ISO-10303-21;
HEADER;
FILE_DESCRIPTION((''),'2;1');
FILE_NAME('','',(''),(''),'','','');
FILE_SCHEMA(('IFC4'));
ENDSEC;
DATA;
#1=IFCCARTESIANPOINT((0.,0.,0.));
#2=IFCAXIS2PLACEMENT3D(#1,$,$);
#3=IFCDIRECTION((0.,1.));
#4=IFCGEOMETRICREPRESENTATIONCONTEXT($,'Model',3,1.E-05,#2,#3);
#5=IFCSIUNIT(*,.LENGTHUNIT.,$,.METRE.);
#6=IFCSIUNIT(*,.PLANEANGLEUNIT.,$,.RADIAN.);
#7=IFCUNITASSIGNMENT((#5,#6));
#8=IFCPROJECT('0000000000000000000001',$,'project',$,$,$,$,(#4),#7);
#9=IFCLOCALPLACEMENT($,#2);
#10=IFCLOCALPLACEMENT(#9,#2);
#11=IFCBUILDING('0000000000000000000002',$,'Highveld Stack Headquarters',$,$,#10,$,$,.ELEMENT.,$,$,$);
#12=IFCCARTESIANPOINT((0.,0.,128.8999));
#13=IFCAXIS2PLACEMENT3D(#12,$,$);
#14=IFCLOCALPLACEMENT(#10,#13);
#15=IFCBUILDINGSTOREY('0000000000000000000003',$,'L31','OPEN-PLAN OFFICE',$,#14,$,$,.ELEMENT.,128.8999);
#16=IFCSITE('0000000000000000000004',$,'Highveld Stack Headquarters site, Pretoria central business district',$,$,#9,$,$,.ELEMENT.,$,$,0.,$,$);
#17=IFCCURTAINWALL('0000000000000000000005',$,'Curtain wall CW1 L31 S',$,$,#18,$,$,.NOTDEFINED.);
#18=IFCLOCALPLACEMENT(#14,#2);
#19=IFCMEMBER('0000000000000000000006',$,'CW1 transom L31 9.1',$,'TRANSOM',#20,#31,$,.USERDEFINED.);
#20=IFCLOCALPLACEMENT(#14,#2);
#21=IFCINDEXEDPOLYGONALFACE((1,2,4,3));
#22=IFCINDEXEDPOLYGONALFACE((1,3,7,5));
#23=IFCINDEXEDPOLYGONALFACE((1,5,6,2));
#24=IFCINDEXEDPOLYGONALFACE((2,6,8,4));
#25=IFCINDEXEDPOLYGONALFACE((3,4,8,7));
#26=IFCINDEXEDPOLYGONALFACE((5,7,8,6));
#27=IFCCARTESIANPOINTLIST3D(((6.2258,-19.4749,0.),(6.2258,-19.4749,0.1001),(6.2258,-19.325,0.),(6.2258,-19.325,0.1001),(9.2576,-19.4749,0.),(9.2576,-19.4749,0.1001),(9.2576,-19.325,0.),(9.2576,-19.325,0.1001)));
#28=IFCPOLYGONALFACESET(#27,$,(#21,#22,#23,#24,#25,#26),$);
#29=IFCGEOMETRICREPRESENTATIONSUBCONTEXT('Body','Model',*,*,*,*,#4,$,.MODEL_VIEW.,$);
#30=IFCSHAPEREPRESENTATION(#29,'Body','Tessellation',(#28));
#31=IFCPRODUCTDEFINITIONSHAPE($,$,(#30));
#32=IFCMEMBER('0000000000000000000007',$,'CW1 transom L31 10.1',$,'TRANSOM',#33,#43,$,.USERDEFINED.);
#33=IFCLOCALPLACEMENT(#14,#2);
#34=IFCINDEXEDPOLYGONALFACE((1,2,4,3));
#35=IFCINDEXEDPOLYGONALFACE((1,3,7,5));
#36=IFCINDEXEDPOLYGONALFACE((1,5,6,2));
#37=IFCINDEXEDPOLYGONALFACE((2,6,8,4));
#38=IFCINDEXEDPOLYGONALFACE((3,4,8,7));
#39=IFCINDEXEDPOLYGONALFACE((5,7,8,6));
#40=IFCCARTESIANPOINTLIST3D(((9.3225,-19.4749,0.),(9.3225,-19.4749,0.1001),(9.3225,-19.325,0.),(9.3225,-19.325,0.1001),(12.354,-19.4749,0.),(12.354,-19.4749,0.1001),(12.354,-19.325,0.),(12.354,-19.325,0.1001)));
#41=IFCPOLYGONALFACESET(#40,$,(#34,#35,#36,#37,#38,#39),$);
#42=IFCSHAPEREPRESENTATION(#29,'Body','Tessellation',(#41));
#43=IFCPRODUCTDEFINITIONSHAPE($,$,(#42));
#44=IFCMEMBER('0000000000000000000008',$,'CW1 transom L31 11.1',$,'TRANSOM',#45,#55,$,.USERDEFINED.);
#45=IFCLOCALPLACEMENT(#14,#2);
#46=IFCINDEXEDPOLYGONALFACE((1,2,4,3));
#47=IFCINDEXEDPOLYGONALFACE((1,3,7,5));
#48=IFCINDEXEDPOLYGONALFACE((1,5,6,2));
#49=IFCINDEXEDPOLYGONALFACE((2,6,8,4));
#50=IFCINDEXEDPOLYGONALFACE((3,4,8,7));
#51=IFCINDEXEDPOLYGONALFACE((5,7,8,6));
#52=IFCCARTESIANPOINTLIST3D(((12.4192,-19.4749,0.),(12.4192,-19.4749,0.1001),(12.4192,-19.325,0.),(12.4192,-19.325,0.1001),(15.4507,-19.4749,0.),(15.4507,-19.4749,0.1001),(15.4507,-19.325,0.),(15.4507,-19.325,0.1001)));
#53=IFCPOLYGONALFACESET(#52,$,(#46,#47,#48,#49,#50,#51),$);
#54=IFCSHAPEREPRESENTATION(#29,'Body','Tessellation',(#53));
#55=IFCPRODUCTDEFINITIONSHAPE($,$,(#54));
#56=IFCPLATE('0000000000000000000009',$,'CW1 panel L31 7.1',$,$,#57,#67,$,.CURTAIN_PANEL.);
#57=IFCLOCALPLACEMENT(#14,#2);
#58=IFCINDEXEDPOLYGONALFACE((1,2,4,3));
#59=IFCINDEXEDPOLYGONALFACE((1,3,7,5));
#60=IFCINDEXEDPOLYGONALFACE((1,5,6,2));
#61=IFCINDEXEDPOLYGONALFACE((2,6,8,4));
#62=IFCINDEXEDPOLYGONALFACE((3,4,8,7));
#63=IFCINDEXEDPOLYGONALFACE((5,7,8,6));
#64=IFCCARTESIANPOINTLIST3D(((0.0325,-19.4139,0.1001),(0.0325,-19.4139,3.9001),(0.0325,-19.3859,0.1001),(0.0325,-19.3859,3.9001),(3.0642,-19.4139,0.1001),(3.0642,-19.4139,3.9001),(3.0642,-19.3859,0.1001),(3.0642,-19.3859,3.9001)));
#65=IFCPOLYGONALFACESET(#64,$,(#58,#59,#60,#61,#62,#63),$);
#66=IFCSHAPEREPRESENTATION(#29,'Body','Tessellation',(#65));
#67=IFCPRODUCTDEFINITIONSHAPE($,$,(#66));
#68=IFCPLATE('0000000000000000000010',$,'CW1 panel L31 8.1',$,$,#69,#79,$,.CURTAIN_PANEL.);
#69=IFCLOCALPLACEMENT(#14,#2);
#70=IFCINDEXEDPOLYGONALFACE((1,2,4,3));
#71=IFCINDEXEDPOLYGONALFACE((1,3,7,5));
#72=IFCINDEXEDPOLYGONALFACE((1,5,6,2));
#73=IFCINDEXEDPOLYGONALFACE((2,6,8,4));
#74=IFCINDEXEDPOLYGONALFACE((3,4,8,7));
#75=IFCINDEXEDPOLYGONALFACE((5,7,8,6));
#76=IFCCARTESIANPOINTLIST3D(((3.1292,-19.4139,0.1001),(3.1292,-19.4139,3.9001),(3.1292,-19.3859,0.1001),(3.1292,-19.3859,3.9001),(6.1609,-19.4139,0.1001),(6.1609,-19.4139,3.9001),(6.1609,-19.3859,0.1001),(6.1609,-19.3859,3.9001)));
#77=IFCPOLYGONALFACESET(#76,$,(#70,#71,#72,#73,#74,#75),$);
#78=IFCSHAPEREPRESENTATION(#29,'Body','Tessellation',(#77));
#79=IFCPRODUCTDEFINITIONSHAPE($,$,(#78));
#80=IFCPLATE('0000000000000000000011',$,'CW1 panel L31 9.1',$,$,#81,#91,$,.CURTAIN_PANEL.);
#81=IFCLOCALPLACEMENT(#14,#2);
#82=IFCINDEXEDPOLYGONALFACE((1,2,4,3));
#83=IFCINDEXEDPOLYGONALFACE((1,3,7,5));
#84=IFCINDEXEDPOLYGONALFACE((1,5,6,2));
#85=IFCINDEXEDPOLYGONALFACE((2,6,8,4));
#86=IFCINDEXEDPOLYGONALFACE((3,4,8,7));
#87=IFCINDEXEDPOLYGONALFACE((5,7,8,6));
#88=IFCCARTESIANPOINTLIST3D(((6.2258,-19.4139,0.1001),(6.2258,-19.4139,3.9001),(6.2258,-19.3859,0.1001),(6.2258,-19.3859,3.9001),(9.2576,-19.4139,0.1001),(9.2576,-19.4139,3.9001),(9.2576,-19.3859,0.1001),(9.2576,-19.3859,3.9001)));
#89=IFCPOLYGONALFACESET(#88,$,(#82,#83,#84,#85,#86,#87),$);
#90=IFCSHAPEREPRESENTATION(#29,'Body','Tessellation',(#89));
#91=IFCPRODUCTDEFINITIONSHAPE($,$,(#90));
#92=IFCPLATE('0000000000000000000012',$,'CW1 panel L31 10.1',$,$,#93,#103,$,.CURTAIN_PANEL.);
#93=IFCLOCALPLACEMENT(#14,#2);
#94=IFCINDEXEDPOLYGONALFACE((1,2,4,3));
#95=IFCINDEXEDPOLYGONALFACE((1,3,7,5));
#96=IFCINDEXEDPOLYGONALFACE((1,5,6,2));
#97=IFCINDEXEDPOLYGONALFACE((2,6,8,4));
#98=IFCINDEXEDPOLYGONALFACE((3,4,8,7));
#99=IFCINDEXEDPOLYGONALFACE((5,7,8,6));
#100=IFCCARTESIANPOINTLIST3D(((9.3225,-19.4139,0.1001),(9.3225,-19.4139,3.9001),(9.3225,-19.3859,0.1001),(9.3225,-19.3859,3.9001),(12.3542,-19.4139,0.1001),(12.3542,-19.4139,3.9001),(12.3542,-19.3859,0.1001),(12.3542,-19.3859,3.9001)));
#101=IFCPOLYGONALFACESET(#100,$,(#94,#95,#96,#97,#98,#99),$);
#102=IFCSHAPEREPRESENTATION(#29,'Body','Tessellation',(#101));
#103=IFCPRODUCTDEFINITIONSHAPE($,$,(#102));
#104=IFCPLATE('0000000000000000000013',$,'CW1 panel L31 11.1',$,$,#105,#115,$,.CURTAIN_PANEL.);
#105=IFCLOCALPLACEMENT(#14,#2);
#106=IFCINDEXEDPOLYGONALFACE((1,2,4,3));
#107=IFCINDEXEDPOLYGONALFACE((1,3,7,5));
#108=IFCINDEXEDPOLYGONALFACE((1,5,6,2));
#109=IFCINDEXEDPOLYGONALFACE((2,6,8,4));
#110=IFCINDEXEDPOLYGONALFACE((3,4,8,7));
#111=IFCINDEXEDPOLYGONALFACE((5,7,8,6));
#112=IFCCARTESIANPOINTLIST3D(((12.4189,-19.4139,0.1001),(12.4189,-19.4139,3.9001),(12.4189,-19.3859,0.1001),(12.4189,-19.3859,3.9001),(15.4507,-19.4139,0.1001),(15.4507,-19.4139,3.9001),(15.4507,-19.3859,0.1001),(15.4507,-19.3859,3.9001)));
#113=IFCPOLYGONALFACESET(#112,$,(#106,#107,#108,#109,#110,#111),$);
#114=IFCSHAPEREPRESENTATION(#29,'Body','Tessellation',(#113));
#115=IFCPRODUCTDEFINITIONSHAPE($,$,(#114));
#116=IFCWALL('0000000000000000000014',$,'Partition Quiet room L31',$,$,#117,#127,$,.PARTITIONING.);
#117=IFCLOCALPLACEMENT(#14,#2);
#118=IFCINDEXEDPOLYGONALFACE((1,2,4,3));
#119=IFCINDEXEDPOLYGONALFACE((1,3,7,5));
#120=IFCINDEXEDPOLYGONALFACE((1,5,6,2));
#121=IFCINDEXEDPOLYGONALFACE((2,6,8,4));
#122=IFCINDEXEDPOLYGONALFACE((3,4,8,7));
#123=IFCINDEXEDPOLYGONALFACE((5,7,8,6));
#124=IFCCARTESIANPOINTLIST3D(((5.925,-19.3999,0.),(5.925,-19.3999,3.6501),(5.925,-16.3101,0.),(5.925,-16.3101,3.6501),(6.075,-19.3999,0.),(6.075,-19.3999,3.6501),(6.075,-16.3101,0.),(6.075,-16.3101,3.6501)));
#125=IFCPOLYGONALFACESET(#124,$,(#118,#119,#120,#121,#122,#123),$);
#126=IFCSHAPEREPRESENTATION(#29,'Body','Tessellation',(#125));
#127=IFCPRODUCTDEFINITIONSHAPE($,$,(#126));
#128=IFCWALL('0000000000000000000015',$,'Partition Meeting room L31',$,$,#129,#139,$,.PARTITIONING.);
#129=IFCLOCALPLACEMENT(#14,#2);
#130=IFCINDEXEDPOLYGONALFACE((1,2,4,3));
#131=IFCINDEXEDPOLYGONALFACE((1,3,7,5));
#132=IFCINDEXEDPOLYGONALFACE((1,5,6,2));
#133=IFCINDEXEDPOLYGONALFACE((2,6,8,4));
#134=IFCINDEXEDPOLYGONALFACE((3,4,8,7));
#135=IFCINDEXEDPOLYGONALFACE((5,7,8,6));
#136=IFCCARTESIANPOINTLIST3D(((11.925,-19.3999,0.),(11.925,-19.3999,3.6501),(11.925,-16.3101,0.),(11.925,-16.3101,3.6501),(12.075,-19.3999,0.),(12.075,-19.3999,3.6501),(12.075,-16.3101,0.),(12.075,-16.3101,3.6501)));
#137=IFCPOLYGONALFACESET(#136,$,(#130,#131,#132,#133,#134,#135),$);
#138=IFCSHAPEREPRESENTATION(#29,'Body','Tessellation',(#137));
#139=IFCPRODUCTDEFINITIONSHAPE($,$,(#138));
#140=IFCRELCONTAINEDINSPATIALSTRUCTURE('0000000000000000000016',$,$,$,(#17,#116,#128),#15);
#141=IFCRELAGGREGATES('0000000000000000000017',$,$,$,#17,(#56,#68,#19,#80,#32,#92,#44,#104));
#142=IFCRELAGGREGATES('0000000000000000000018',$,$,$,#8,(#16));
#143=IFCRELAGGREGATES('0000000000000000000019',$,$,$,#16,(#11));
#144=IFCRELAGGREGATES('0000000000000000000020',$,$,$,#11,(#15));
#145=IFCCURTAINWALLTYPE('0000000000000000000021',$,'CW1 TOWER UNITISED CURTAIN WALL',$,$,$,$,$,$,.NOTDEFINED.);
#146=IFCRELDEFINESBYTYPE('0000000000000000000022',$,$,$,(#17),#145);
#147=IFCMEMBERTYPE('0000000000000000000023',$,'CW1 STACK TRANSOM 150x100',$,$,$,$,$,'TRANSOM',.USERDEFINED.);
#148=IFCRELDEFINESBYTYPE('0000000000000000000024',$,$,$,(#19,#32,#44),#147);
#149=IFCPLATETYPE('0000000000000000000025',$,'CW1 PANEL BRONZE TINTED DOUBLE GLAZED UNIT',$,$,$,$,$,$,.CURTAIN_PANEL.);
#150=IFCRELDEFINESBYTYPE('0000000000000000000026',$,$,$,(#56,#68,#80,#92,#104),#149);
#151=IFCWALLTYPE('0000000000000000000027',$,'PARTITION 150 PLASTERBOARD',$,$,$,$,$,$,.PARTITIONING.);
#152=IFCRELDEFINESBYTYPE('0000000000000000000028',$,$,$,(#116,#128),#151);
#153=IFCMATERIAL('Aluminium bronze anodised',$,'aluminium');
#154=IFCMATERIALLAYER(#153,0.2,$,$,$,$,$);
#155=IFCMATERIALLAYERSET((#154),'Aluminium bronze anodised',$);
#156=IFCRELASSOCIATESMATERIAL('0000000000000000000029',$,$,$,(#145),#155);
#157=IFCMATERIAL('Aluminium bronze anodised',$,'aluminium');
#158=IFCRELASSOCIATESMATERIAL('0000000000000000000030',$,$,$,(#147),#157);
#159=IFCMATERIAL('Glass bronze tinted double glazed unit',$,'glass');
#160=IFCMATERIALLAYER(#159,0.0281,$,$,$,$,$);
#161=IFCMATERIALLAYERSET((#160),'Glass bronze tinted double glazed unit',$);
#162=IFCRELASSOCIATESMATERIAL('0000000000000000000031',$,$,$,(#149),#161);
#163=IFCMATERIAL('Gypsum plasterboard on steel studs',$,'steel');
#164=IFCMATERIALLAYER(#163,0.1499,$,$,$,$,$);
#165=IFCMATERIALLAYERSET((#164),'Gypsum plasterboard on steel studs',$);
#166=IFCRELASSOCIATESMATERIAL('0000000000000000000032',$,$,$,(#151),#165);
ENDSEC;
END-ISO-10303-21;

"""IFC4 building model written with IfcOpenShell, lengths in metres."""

from ifc_helpers import new_model, si_unit, direction, frame, frame_2d, origin, origin_2d, place, context, subcontext, project, spatial, rectangle, extrude, material, layer, layer_set, material_profile, profile_set, type_object, element, aggregate, save


model = new_model("IFC4")

# Units and contexts
model_context = context("Model", 3, precision=1e-05, world=origin(), true_north=direction((0.0, 1.0)))
body_context = subcontext(model_context, "Body", "Model", "MODEL_VIEW")
ifc_project = project(units=[si_unit("LENGTHUNIT", "METRE"), si_unit("PLANEANGLEUNIT", "RADIAN")], contexts=[model_context])

# Site, building, storey
site_placement = place(None, origin())
site = spatial("IfcSite", under=ifc_project, at=site_placement, Name="Highveld Stack Headquarters site, Pretoria central business district", CompositionType="ELEMENT", RefElevation=0.0)
building_placement = place(site_placement, origin())
building = spatial("IfcBuilding", under=site, at=building_placement, Name="Highveld Stack Headquarters", CompositionType="ELEMENT")
storey_placement = place(building_placement, frame((0.0, 0.0, 128.8999)))
storey = spatial("IfcBuildingStorey", under=building, at=storey_placement, Name="L31", Description="OPEN-PLAN OFFICE", CompositionType="ELEMENT", Elevation=128.8999)

# Curtain wall, members, plates
ifc_material_1 = material(Name="Aluminium bronze anodised", Category="aluminium")
ifc_layer_1 = layer(ifc_material_1, 0.2)
ifc_layer_set_1 = layer_set([ifc_layer_1], Name="Aluminium bronze anodised")
curtain_wall_type = type_object("IfcCurtainWallType", Name="CW1 TOWER UNITISED CURTAIN WALL", PredefinedType="NOTDEFINED", material=ifc_layer_set_1)
curtain_wall_placement = place(storey_placement, origin())
curtain_wall = element("IfcCurtainWall", 1, at=curtain_wall_placement, inside=storey, type_object=curtain_wall_type, Name="Curtain wall CW1 L31 S", PredefinedType="NOTDEFINED")
ifc_material_2 = material(Name="Aluminium bronze anodised", Category="aluminium")
ifc_material_profile_1 = material_profile(ifc_material_2, rectangle(XDim=0.1499, YDim=0.1001, at=origin_2d()), Name="CW1 TRANSOM 150x100")
ifc_profile_set_1 = profile_set([ifc_material_profile_1], Name="Aluminium bronze anodised")
member_type_1 = type_object("IfcMemberType", Name="CW1 STACK TRANSOM 150x100", ElementType="TRANSOM", PredefinedType="USERDEFINED", material=ifc_profile_set_1)
member_1_placement = place(storey_placement, frame((6.2258, -19.3999, 0.05), z_axis=(1.0, 0.0, 0.0), x_axis=(0.0, 1.0, 0.0)))
member_1 = element("IfcMember", 2, at=member_1_placement, type_object=member_type_1, Name="CW1 transom L31 9.1", ObjectType="TRANSOM", PredefinedType="USERDEFINED", context=body_context, shape_type="SweptSolid", body=[
    extrude(rectangle(XDim=0.1499, YDim=0.1001, at=origin_2d()), origin(), (0.0, 0.0, 1.0), 3.0317),
])
member_2_placement = place(storey_placement, frame((9.3225, -19.3999, 0.05), z_axis=(1.0, 0.0, 0.0), x_axis=(0.0, 1.0, 0.0)))
member_2 = element("IfcMember", 3, at=member_2_placement, type_object=member_type_1, Name="CW1 transom L31 10.1", ObjectType="TRANSOM", PredefinedType="USERDEFINED", context=body_context, shape_type="SweptSolid", body=[
    extrude(rectangle(XDim=0.1499, YDim=0.1001, at=origin_2d()), origin(), (0.0, 0.0, 1.0), 3.0315),
])
member_3_placement = place(storey_placement, frame((12.4192, -19.3999, 0.05), z_axis=(1.0, 0.0, 0.0), x_axis=(0.0, 1.0, 0.0)))
member_3 = element("IfcMember", 4, at=member_3_placement, type_object=member_type_1, Name="CW1 transom L31 11.1", ObjectType="TRANSOM", PredefinedType="USERDEFINED", context=body_context, shape_type="SweptSolid", body=[
    extrude(rectangle(XDim=0.1499, YDim=0.1001, at=origin_2d()), origin(), (0.0, 0.0, 1.0), 3.0315),
])
ifc_material_3 = material(Name="Glass bronze tinted double glazed unit", Category="glass")
ifc_layer_2 = layer(ifc_material_3, 0.0281)
ifc_layer_set_2 = layer_set([ifc_layer_2], Name="Glass bronze tinted double glazed unit")
plate_type = type_object("IfcPlateType", Name="CW1 PANEL BRONZE TINTED DOUBLE GLAZED UNIT", PredefinedType="CURTAIN_PANEL", material=ifc_layer_set_2)
plate_1_placement = place(storey_placement, frame((1.5483, -19.3999, 0.1001), z_axis=(0.0, 0.0, 1.0), x_axis=(1.0, 0.0, 0.0)))
plate_1 = element("IfcPlate", 5, at=plate_1_placement, type_object=plate_type, Name="CW1 panel L31 7.1", PredefinedType="CURTAIN_PANEL", context=body_context, shape_type="SweptSolid", body=[
    extrude(rectangle(XDim=3.0317, YDim=0.0281, at=origin_2d()), origin(), (0.0, 0.0, 1.0), 3.8),
])
plate_2_placement = place(storey_placement, frame((4.645, -19.3999, 0.1001), z_axis=(0.0, 0.0, 1.0), x_axis=(1.0, 0.0, 0.0)))
plate_2 = element("IfcPlate", 6, at=plate_2_placement, type_object=plate_type, Name="CW1 panel L31 8.1", PredefinedType="CURTAIN_PANEL", context=body_context, shape_type="SweptSolid", body=[
    extrude(rectangle(XDim=3.0317, YDim=0.0281, at=origin_2d()), origin(), (0.0, 0.0, 1.0), 3.8),
])
plate_3_placement = place(storey_placement, frame((7.7417, -19.3999, 0.1001), z_axis=(0.0, 0.0, 1.0), x_axis=(1.0, 0.0, 0.0)))
plate_3 = element("IfcPlate", 7, at=plate_3_placement, type_object=plate_type, Name="CW1 panel L31 9.1", PredefinedType="CURTAIN_PANEL", context=body_context, shape_type="SweptSolid", body=[
    extrude(rectangle(XDim=3.0317, YDim=0.0281, at=origin_2d()), origin(), (0.0, 0.0, 1.0), 3.8),
])
plate_4_placement = place(storey_placement, frame((10.8384, -19.3999, 0.1001), z_axis=(0.0, 0.0, 1.0), x_axis=(1.0, 0.0, 0.0)))
plate_4 = element("IfcPlate", 8, at=plate_4_placement, type_object=plate_type, Name="CW1 panel L31 10.1", PredefinedType="CURTAIN_PANEL", context=body_context, shape_type="SweptSolid", body=[
    extrude(rectangle(XDim=3.0317, YDim=0.0281, at=origin_2d()), origin(), (0.0, 0.0, 1.0), 3.8),
])
plate_5_placement = place(storey_placement, frame((13.9348, -19.3999, 0.1001), z_axis=(0.0, 0.0, 1.0), x_axis=(1.0, 0.0, 0.0)))
plate_5 = element("IfcPlate", 9, at=plate_5_placement, type_object=plate_type, Name="CW1 panel L31 11.1", PredefinedType="CURTAIN_PANEL", context=body_context, shape_type="SweptSolid", body=[
    extrude(rectangle(XDim=3.0317, YDim=0.0281, at=origin_2d()), origin(), (0.0, 0.0, 1.0), 3.8),
])
aggregate(curtain_wall, [plate_1, plate_2, member_1, plate_3, member_2, plate_4, member_3, plate_5])

# Walls
ifc_material_4 = material(Name="Gypsum plasterboard on steel studs", Category="steel")
ifc_layer_3 = layer(ifc_material_4, 0.1499)
ifc_layer_set_3 = layer_set([ifc_layer_3], Name="Gypsum plasterboard on steel studs")
wall_type = type_object("IfcWallType", Name="PARTITION 150 PLASTERBOARD", PredefinedType="PARTITIONING", material=ifc_layer_set_3)
for number, where, z_axis, x_axis, name in (
    (10, (6.0, -19.3999, 0.0), (0.0, 0.0, 1.0), (0.0, 1.0, 0.0), "Partition Quiet room L31"),
    (11, (12.0, -19.3999, 0.0), (0.0, 0.0, 1.0), (0.0, 1.0, 0.0), "Partition Meeting room L31"),
):
    element("IfcWall", number, at=place(storey_placement, frame(where, z_axis=z_axis, x_axis=x_axis)), inside=storey, type_object=wall_type, Name=name, PredefinedType="PARTITIONING", context=body_context, shape_type="SweptSolid", body=[
        extrude(rectangle(XDim=3.0898, YDim=0.1499, at=frame_2d((1.5449, 0.0))), origin(), (0.0, 0.0, 1.0), 3.6501),
    ])

save(model, "model.ifc")
